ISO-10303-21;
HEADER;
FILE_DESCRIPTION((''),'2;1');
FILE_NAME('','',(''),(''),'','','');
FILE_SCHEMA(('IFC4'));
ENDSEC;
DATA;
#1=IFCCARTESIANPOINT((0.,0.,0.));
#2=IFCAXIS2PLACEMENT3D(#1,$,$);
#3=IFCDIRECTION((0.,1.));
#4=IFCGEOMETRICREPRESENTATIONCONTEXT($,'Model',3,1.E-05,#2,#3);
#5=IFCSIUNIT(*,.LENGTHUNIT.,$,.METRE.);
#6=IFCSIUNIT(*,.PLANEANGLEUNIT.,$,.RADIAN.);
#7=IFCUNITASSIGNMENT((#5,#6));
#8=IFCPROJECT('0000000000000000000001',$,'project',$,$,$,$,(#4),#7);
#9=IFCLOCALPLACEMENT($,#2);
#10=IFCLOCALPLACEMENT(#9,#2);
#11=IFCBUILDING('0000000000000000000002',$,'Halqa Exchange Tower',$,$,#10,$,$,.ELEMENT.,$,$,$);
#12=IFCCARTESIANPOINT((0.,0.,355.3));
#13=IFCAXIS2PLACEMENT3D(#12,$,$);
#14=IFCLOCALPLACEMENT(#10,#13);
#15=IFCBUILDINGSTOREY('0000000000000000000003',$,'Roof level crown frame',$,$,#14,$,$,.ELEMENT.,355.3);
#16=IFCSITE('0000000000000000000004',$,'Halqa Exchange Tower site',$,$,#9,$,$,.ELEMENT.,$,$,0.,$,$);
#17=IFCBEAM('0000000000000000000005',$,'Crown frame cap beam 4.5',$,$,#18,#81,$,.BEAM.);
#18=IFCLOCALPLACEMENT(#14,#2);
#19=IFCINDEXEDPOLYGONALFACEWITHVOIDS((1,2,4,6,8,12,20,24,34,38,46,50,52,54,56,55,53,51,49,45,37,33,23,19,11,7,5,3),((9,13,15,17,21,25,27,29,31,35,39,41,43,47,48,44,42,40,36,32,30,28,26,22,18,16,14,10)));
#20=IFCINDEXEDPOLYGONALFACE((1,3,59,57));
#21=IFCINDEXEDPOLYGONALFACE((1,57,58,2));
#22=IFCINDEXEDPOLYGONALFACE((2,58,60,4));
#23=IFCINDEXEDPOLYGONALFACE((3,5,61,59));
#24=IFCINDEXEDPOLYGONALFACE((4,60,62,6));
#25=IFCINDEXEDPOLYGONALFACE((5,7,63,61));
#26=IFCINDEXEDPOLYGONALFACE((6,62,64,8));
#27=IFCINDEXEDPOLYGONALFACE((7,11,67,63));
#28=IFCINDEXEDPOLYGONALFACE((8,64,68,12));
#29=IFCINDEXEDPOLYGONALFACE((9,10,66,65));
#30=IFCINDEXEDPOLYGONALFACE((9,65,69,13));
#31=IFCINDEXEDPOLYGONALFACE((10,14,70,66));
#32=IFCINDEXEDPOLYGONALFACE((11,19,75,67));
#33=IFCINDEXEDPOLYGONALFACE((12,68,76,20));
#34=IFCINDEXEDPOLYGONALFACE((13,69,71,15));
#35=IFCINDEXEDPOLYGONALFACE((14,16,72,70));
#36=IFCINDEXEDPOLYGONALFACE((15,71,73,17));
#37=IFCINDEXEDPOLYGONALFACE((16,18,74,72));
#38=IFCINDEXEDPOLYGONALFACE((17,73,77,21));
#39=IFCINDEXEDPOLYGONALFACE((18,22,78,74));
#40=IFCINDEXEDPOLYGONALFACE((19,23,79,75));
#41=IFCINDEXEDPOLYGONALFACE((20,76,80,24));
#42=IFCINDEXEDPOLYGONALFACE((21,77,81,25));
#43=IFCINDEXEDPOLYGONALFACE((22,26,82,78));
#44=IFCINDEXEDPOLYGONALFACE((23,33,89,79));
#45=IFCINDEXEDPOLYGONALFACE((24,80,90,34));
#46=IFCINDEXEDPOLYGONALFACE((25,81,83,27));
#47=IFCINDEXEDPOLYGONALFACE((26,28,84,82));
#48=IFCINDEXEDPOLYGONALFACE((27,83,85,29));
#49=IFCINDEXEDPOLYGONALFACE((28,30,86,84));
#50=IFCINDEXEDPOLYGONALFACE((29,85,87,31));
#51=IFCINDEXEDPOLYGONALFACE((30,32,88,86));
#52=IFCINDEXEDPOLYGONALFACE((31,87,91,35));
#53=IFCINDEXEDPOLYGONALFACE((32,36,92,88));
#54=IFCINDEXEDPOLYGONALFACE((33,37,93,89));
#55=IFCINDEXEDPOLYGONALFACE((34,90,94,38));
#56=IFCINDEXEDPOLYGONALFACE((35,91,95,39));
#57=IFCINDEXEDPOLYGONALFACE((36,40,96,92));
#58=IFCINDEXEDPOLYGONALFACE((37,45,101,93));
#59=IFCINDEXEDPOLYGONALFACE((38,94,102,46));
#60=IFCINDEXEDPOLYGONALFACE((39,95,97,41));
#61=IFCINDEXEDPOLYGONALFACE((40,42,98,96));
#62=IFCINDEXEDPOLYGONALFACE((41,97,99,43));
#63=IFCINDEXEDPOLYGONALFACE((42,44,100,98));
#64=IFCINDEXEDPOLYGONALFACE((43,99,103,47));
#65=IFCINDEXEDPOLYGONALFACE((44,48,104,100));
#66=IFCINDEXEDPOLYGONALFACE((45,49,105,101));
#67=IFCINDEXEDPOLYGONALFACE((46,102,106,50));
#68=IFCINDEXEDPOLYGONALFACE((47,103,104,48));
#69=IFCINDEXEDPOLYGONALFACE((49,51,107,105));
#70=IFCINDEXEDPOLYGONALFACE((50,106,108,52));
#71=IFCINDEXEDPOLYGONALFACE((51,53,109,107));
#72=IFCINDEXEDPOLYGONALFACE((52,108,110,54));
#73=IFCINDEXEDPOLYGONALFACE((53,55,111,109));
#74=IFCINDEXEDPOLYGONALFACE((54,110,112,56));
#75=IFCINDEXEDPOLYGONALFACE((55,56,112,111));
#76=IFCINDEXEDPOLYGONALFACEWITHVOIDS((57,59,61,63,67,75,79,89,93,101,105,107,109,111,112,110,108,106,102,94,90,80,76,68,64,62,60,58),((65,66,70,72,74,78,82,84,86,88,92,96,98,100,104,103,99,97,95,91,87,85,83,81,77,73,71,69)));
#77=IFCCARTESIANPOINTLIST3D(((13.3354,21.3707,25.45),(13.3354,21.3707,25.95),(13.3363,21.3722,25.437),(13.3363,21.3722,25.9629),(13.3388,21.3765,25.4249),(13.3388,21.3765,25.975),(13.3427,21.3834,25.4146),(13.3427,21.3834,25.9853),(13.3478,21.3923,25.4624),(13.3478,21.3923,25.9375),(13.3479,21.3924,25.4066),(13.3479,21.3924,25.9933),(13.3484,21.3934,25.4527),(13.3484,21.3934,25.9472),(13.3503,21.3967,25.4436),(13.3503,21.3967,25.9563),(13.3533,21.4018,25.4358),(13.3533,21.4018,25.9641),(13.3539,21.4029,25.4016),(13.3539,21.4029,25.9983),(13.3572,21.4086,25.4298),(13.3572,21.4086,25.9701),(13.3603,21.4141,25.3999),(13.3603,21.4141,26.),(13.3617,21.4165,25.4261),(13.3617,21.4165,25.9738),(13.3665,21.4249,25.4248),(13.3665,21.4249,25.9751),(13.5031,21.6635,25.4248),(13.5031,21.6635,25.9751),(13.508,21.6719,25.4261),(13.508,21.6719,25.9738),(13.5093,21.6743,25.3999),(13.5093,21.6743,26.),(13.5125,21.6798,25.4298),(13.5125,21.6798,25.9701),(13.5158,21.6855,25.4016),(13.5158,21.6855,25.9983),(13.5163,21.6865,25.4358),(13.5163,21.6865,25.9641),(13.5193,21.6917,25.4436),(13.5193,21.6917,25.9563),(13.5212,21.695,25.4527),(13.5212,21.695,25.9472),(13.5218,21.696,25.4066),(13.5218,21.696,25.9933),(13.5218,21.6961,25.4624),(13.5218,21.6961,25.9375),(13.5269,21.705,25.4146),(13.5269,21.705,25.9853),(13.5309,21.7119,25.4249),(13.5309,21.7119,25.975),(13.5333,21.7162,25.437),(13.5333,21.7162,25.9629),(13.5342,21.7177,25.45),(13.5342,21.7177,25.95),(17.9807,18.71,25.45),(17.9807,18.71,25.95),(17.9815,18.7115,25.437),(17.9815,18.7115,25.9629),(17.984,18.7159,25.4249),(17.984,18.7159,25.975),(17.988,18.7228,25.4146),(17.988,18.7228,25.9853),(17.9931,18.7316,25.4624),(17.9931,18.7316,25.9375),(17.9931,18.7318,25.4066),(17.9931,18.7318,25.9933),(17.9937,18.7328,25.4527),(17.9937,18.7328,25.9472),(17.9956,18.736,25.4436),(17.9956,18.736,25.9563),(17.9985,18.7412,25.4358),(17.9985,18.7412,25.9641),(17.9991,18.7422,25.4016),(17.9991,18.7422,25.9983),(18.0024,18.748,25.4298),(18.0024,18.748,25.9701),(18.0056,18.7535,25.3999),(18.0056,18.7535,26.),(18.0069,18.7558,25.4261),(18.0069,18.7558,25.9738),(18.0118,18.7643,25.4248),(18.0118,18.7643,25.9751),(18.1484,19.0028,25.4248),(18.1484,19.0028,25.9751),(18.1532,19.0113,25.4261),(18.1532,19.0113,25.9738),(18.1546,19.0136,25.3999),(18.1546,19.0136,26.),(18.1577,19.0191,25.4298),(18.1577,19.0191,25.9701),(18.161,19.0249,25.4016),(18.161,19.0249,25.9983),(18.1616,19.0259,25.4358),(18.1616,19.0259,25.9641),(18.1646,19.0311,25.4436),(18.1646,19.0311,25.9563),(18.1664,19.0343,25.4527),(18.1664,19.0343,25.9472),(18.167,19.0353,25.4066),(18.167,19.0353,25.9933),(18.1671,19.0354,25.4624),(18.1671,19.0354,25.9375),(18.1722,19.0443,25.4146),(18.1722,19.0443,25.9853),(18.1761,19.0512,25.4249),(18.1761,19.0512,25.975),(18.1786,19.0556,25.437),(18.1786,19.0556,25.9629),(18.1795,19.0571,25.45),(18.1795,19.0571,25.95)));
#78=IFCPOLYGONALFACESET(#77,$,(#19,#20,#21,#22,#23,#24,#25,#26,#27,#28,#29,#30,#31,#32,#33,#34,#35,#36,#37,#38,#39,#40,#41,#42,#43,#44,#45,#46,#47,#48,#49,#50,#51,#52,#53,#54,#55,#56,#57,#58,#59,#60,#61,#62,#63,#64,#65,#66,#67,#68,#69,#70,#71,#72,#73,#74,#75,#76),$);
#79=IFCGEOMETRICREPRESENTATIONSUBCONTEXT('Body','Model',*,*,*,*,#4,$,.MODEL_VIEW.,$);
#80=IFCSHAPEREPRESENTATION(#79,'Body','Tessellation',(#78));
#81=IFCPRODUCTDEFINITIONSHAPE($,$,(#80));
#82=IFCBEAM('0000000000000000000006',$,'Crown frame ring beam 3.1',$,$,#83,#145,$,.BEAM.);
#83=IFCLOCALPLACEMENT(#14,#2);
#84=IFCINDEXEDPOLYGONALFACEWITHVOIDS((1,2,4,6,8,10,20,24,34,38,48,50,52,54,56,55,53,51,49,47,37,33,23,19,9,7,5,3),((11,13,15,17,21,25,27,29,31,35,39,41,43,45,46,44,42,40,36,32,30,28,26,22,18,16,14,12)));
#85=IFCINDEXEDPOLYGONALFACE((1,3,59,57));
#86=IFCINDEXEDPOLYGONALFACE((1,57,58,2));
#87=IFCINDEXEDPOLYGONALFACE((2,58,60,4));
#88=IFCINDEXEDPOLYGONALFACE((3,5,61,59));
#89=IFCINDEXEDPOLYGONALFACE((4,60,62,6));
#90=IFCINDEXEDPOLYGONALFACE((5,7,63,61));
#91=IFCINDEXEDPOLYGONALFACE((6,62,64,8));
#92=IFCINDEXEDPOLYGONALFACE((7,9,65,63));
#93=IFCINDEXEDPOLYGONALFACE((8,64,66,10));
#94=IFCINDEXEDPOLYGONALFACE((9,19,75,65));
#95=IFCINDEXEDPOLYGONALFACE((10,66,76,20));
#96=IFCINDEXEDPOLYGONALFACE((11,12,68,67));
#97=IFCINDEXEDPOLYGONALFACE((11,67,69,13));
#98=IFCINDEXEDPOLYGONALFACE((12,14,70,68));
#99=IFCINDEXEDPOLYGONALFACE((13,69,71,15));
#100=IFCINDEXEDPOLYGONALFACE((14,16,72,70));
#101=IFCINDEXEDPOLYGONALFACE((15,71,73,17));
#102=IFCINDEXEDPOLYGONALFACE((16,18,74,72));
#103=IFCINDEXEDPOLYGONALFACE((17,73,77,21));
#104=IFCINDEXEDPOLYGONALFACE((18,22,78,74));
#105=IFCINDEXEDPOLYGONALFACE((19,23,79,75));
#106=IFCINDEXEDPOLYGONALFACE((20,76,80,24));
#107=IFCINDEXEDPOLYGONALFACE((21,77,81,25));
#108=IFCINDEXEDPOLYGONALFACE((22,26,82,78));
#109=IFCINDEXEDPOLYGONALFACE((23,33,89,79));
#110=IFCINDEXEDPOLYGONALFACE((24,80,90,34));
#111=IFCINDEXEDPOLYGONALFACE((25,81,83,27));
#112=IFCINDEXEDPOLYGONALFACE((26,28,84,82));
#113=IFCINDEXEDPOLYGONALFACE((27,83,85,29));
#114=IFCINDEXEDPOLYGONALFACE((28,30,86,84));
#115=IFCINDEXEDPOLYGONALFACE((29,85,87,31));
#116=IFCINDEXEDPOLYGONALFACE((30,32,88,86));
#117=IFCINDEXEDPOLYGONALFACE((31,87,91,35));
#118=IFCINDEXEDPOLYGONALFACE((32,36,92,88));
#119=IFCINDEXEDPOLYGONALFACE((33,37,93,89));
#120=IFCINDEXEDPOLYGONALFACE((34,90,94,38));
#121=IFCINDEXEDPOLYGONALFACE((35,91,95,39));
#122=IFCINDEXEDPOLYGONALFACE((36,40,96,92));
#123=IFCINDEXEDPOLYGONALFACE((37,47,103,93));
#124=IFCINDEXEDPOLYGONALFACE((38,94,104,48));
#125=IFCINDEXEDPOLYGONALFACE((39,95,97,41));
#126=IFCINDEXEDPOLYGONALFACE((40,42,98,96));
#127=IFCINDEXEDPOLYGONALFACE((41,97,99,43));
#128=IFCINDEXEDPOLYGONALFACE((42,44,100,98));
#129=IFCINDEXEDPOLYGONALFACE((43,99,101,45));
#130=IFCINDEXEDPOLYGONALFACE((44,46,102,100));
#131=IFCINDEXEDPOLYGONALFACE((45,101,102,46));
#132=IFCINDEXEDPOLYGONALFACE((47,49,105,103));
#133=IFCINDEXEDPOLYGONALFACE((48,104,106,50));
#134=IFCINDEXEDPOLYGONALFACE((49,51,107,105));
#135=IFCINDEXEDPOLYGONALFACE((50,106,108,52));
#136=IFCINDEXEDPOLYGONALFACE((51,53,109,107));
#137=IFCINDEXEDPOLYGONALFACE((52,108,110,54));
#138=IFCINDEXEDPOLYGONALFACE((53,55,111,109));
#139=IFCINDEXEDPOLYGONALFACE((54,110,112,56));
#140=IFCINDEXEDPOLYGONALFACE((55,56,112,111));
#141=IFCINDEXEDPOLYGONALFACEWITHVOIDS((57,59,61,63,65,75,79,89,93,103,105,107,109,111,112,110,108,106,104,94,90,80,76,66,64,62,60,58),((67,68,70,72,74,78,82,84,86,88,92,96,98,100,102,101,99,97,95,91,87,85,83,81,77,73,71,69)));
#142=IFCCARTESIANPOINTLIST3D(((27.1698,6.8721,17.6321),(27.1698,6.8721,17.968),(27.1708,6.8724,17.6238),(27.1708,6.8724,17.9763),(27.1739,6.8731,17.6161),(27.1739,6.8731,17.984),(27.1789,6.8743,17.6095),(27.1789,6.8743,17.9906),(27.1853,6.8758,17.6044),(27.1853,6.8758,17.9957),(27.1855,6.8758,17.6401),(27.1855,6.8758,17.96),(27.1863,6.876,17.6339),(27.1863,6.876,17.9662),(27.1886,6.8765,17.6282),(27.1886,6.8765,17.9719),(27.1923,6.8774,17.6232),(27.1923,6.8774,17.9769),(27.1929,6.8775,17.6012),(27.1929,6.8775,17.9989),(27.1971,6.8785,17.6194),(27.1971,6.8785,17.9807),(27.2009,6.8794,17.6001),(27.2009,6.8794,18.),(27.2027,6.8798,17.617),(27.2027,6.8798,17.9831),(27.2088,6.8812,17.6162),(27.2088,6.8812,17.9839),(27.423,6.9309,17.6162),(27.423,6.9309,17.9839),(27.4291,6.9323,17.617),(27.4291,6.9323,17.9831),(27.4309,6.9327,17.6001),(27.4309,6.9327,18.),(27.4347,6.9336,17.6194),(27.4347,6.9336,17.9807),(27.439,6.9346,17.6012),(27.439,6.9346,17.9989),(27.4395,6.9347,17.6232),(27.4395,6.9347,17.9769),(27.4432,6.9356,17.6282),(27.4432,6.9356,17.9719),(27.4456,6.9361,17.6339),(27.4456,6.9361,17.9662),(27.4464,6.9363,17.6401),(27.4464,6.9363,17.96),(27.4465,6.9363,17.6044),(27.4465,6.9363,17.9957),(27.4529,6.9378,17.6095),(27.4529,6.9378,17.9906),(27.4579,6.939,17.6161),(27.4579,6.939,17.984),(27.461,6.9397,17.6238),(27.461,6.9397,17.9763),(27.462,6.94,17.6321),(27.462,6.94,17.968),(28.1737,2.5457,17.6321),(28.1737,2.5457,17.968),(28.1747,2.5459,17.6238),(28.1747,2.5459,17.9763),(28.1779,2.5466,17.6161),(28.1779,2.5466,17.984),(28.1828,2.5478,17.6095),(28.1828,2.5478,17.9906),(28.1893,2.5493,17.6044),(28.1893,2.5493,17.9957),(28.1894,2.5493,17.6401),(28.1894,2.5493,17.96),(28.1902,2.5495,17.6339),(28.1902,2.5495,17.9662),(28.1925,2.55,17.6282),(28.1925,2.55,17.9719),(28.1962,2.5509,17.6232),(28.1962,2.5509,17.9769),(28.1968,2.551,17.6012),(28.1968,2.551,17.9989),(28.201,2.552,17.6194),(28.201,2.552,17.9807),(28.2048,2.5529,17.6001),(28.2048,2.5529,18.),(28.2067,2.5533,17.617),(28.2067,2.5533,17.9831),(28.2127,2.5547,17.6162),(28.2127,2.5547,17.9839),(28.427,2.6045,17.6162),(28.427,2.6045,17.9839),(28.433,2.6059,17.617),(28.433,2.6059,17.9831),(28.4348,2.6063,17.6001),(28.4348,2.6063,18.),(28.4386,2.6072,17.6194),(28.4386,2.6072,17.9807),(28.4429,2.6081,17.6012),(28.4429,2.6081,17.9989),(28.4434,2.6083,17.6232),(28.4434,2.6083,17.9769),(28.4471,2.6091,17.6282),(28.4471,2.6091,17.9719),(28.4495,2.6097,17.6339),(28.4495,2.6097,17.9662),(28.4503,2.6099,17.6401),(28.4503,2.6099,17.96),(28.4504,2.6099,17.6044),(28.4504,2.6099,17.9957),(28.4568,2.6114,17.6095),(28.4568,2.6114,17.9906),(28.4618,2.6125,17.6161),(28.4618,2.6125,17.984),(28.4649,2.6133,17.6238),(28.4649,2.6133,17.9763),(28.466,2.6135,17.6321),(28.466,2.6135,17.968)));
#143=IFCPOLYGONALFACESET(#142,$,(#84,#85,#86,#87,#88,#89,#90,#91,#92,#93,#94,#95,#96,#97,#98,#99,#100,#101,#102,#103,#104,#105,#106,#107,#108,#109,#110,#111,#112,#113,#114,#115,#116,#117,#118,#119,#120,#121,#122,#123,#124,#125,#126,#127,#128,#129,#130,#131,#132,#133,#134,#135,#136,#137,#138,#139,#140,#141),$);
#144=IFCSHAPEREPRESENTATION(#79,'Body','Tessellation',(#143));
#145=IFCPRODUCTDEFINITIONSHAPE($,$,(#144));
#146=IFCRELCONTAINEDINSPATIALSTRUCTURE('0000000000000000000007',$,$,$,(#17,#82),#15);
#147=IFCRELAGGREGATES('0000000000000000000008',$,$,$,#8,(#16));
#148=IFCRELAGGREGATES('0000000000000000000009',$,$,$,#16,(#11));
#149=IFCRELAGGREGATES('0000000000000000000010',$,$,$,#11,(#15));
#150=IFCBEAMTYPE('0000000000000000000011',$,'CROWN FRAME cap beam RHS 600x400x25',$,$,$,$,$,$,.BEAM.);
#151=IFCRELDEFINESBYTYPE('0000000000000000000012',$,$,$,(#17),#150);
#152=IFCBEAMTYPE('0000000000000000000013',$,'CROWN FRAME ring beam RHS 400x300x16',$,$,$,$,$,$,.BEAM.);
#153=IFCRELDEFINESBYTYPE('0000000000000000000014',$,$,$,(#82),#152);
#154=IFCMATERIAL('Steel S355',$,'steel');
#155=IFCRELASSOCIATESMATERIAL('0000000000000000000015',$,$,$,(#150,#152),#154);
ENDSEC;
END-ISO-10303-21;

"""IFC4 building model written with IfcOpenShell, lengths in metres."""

from ifc_helpers import new_model, si_unit, direction, frame, origin, origin_2d, place, context, subcontext, project, spatial, hollow_rectangle, extrude, material, material_profile, profile_set, type_object, element, save


model = new_model("IFC4")

# Units and contexts
model_context = context("Model", 3, precision=1e-05, world=origin(), true_north=direction((0.0, 1.0)))
body_context = subcontext(model_context, "Body", "Model", "MODEL_VIEW")
ifc_project = project(units=[si_unit("LENGTHUNIT", "METRE"), si_unit("PLANEANGLEUNIT", "RADIAN")], contexts=[model_context])

# Site, building, storey
site_placement = place(None, origin())
site = spatial("IfcSite", under=ifc_project, at=site_placement, Name="Halqa Exchange Tower site", CompositionType="ELEMENT", RefElevation=0.0)
building_placement = place(site_placement, origin())
building = spatial("IfcBuilding", under=site, at=building_placement, Name="Halqa Exchange Tower", CompositionType="ELEMENT")
storey_placement = place(building_placement, frame((0.0, 0.0, 355.3)))
storey = spatial("IfcBuildingStorey", under=building, at=storey_placement, Name="Roof level crown frame", CompositionType="ELEMENT", Elevation=355.3)

# Shared definitions
ifc_material_1 = material(Name="Steel S355", Category="steel")

# Beams
ifc_material_profile_1 = material_profile(ifc_material_1, hollow_rectangle(XDim=0.3999, YDim=0.6001, WallThickness=0.0249, InnerFilletRadius=0.0376, OuterFilletRadius=0.05, at=origin_2d()), Name="RHS 600x400x25")
ifc_profile_set_1 = profile_set([ifc_material_profile_1], Name="Steel S355")
beam_type_1 = type_object("IfcBeamType", Name="CROWN FRAME cap beam RHS 600x400x25", PredefinedType="BEAM", material=ifc_profile_set_1)
beam_1_placement = place(storey_placement, frame((18.0801, 18.8835, 25.7), z_axis=(-0.867743, 0.497013, 0.0), x_axis=(-0.497013, -0.867743, 0.0)))
element("IfcBeam", 1, at=beam_1_placement, inside=storey, type_object=beam_type_1, Name="Crown frame cap beam 4.5", PredefinedType="BEAM", context=body_context, shape_type="SweptSolid", body=[
    extrude(hollow_rectangle(XDim=0.3999, YDim=0.6001, WallThickness=0.0249, InnerFilletRadius=0.0376, OuterFilletRadius=0.05, at=origin_2d()), origin(), (0.0, 0.0, 1.0), 5.3533),
])
ifc_material_profile_2 = material_profile(ifc_material_1, hollow_rectangle(XDim=0.3, YDim=0.3999, WallThickness=0.0161, InnerFilletRadius=0.0239, OuterFilletRadius=0.032, at=origin_2d()), Name="RHS 400x300x16")
ifc_profile_set_2 = profile_set([ifc_material_profile_2], Name="Steel S355")
beam_type_2 = type_object("IfcBeamType", Name="CROWN FRAME ring beam RHS 400x300x16", PredefinedType="BEAM", material=ifc_profile_set_2)
beam_2_placement = place(storey_placement, frame((28.3198, 2.5796, 17.8), z_axis=(-0.226036, 0.974119, 0.0), x_axis=(-0.974119, -0.226036, 0.0)))
element("IfcBeam", 2, at=beam_2_placement, inside=storey, type_object=beam_type_2, Name="Crown frame ring beam 3.1", PredefinedType="BEAM", context=body_context, shape_type="SweptSolid", body=[
    extrude(hollow_rectangle(XDim=0.3, YDim=0.3999, WallThickness=0.0161, InnerFilletRadius=0.0239, OuterFilletRadius=0.032, at=origin_2d()), origin(), (0.0, 0.0, 1.0), 4.4414),
])

save(model, "model.ifc")
